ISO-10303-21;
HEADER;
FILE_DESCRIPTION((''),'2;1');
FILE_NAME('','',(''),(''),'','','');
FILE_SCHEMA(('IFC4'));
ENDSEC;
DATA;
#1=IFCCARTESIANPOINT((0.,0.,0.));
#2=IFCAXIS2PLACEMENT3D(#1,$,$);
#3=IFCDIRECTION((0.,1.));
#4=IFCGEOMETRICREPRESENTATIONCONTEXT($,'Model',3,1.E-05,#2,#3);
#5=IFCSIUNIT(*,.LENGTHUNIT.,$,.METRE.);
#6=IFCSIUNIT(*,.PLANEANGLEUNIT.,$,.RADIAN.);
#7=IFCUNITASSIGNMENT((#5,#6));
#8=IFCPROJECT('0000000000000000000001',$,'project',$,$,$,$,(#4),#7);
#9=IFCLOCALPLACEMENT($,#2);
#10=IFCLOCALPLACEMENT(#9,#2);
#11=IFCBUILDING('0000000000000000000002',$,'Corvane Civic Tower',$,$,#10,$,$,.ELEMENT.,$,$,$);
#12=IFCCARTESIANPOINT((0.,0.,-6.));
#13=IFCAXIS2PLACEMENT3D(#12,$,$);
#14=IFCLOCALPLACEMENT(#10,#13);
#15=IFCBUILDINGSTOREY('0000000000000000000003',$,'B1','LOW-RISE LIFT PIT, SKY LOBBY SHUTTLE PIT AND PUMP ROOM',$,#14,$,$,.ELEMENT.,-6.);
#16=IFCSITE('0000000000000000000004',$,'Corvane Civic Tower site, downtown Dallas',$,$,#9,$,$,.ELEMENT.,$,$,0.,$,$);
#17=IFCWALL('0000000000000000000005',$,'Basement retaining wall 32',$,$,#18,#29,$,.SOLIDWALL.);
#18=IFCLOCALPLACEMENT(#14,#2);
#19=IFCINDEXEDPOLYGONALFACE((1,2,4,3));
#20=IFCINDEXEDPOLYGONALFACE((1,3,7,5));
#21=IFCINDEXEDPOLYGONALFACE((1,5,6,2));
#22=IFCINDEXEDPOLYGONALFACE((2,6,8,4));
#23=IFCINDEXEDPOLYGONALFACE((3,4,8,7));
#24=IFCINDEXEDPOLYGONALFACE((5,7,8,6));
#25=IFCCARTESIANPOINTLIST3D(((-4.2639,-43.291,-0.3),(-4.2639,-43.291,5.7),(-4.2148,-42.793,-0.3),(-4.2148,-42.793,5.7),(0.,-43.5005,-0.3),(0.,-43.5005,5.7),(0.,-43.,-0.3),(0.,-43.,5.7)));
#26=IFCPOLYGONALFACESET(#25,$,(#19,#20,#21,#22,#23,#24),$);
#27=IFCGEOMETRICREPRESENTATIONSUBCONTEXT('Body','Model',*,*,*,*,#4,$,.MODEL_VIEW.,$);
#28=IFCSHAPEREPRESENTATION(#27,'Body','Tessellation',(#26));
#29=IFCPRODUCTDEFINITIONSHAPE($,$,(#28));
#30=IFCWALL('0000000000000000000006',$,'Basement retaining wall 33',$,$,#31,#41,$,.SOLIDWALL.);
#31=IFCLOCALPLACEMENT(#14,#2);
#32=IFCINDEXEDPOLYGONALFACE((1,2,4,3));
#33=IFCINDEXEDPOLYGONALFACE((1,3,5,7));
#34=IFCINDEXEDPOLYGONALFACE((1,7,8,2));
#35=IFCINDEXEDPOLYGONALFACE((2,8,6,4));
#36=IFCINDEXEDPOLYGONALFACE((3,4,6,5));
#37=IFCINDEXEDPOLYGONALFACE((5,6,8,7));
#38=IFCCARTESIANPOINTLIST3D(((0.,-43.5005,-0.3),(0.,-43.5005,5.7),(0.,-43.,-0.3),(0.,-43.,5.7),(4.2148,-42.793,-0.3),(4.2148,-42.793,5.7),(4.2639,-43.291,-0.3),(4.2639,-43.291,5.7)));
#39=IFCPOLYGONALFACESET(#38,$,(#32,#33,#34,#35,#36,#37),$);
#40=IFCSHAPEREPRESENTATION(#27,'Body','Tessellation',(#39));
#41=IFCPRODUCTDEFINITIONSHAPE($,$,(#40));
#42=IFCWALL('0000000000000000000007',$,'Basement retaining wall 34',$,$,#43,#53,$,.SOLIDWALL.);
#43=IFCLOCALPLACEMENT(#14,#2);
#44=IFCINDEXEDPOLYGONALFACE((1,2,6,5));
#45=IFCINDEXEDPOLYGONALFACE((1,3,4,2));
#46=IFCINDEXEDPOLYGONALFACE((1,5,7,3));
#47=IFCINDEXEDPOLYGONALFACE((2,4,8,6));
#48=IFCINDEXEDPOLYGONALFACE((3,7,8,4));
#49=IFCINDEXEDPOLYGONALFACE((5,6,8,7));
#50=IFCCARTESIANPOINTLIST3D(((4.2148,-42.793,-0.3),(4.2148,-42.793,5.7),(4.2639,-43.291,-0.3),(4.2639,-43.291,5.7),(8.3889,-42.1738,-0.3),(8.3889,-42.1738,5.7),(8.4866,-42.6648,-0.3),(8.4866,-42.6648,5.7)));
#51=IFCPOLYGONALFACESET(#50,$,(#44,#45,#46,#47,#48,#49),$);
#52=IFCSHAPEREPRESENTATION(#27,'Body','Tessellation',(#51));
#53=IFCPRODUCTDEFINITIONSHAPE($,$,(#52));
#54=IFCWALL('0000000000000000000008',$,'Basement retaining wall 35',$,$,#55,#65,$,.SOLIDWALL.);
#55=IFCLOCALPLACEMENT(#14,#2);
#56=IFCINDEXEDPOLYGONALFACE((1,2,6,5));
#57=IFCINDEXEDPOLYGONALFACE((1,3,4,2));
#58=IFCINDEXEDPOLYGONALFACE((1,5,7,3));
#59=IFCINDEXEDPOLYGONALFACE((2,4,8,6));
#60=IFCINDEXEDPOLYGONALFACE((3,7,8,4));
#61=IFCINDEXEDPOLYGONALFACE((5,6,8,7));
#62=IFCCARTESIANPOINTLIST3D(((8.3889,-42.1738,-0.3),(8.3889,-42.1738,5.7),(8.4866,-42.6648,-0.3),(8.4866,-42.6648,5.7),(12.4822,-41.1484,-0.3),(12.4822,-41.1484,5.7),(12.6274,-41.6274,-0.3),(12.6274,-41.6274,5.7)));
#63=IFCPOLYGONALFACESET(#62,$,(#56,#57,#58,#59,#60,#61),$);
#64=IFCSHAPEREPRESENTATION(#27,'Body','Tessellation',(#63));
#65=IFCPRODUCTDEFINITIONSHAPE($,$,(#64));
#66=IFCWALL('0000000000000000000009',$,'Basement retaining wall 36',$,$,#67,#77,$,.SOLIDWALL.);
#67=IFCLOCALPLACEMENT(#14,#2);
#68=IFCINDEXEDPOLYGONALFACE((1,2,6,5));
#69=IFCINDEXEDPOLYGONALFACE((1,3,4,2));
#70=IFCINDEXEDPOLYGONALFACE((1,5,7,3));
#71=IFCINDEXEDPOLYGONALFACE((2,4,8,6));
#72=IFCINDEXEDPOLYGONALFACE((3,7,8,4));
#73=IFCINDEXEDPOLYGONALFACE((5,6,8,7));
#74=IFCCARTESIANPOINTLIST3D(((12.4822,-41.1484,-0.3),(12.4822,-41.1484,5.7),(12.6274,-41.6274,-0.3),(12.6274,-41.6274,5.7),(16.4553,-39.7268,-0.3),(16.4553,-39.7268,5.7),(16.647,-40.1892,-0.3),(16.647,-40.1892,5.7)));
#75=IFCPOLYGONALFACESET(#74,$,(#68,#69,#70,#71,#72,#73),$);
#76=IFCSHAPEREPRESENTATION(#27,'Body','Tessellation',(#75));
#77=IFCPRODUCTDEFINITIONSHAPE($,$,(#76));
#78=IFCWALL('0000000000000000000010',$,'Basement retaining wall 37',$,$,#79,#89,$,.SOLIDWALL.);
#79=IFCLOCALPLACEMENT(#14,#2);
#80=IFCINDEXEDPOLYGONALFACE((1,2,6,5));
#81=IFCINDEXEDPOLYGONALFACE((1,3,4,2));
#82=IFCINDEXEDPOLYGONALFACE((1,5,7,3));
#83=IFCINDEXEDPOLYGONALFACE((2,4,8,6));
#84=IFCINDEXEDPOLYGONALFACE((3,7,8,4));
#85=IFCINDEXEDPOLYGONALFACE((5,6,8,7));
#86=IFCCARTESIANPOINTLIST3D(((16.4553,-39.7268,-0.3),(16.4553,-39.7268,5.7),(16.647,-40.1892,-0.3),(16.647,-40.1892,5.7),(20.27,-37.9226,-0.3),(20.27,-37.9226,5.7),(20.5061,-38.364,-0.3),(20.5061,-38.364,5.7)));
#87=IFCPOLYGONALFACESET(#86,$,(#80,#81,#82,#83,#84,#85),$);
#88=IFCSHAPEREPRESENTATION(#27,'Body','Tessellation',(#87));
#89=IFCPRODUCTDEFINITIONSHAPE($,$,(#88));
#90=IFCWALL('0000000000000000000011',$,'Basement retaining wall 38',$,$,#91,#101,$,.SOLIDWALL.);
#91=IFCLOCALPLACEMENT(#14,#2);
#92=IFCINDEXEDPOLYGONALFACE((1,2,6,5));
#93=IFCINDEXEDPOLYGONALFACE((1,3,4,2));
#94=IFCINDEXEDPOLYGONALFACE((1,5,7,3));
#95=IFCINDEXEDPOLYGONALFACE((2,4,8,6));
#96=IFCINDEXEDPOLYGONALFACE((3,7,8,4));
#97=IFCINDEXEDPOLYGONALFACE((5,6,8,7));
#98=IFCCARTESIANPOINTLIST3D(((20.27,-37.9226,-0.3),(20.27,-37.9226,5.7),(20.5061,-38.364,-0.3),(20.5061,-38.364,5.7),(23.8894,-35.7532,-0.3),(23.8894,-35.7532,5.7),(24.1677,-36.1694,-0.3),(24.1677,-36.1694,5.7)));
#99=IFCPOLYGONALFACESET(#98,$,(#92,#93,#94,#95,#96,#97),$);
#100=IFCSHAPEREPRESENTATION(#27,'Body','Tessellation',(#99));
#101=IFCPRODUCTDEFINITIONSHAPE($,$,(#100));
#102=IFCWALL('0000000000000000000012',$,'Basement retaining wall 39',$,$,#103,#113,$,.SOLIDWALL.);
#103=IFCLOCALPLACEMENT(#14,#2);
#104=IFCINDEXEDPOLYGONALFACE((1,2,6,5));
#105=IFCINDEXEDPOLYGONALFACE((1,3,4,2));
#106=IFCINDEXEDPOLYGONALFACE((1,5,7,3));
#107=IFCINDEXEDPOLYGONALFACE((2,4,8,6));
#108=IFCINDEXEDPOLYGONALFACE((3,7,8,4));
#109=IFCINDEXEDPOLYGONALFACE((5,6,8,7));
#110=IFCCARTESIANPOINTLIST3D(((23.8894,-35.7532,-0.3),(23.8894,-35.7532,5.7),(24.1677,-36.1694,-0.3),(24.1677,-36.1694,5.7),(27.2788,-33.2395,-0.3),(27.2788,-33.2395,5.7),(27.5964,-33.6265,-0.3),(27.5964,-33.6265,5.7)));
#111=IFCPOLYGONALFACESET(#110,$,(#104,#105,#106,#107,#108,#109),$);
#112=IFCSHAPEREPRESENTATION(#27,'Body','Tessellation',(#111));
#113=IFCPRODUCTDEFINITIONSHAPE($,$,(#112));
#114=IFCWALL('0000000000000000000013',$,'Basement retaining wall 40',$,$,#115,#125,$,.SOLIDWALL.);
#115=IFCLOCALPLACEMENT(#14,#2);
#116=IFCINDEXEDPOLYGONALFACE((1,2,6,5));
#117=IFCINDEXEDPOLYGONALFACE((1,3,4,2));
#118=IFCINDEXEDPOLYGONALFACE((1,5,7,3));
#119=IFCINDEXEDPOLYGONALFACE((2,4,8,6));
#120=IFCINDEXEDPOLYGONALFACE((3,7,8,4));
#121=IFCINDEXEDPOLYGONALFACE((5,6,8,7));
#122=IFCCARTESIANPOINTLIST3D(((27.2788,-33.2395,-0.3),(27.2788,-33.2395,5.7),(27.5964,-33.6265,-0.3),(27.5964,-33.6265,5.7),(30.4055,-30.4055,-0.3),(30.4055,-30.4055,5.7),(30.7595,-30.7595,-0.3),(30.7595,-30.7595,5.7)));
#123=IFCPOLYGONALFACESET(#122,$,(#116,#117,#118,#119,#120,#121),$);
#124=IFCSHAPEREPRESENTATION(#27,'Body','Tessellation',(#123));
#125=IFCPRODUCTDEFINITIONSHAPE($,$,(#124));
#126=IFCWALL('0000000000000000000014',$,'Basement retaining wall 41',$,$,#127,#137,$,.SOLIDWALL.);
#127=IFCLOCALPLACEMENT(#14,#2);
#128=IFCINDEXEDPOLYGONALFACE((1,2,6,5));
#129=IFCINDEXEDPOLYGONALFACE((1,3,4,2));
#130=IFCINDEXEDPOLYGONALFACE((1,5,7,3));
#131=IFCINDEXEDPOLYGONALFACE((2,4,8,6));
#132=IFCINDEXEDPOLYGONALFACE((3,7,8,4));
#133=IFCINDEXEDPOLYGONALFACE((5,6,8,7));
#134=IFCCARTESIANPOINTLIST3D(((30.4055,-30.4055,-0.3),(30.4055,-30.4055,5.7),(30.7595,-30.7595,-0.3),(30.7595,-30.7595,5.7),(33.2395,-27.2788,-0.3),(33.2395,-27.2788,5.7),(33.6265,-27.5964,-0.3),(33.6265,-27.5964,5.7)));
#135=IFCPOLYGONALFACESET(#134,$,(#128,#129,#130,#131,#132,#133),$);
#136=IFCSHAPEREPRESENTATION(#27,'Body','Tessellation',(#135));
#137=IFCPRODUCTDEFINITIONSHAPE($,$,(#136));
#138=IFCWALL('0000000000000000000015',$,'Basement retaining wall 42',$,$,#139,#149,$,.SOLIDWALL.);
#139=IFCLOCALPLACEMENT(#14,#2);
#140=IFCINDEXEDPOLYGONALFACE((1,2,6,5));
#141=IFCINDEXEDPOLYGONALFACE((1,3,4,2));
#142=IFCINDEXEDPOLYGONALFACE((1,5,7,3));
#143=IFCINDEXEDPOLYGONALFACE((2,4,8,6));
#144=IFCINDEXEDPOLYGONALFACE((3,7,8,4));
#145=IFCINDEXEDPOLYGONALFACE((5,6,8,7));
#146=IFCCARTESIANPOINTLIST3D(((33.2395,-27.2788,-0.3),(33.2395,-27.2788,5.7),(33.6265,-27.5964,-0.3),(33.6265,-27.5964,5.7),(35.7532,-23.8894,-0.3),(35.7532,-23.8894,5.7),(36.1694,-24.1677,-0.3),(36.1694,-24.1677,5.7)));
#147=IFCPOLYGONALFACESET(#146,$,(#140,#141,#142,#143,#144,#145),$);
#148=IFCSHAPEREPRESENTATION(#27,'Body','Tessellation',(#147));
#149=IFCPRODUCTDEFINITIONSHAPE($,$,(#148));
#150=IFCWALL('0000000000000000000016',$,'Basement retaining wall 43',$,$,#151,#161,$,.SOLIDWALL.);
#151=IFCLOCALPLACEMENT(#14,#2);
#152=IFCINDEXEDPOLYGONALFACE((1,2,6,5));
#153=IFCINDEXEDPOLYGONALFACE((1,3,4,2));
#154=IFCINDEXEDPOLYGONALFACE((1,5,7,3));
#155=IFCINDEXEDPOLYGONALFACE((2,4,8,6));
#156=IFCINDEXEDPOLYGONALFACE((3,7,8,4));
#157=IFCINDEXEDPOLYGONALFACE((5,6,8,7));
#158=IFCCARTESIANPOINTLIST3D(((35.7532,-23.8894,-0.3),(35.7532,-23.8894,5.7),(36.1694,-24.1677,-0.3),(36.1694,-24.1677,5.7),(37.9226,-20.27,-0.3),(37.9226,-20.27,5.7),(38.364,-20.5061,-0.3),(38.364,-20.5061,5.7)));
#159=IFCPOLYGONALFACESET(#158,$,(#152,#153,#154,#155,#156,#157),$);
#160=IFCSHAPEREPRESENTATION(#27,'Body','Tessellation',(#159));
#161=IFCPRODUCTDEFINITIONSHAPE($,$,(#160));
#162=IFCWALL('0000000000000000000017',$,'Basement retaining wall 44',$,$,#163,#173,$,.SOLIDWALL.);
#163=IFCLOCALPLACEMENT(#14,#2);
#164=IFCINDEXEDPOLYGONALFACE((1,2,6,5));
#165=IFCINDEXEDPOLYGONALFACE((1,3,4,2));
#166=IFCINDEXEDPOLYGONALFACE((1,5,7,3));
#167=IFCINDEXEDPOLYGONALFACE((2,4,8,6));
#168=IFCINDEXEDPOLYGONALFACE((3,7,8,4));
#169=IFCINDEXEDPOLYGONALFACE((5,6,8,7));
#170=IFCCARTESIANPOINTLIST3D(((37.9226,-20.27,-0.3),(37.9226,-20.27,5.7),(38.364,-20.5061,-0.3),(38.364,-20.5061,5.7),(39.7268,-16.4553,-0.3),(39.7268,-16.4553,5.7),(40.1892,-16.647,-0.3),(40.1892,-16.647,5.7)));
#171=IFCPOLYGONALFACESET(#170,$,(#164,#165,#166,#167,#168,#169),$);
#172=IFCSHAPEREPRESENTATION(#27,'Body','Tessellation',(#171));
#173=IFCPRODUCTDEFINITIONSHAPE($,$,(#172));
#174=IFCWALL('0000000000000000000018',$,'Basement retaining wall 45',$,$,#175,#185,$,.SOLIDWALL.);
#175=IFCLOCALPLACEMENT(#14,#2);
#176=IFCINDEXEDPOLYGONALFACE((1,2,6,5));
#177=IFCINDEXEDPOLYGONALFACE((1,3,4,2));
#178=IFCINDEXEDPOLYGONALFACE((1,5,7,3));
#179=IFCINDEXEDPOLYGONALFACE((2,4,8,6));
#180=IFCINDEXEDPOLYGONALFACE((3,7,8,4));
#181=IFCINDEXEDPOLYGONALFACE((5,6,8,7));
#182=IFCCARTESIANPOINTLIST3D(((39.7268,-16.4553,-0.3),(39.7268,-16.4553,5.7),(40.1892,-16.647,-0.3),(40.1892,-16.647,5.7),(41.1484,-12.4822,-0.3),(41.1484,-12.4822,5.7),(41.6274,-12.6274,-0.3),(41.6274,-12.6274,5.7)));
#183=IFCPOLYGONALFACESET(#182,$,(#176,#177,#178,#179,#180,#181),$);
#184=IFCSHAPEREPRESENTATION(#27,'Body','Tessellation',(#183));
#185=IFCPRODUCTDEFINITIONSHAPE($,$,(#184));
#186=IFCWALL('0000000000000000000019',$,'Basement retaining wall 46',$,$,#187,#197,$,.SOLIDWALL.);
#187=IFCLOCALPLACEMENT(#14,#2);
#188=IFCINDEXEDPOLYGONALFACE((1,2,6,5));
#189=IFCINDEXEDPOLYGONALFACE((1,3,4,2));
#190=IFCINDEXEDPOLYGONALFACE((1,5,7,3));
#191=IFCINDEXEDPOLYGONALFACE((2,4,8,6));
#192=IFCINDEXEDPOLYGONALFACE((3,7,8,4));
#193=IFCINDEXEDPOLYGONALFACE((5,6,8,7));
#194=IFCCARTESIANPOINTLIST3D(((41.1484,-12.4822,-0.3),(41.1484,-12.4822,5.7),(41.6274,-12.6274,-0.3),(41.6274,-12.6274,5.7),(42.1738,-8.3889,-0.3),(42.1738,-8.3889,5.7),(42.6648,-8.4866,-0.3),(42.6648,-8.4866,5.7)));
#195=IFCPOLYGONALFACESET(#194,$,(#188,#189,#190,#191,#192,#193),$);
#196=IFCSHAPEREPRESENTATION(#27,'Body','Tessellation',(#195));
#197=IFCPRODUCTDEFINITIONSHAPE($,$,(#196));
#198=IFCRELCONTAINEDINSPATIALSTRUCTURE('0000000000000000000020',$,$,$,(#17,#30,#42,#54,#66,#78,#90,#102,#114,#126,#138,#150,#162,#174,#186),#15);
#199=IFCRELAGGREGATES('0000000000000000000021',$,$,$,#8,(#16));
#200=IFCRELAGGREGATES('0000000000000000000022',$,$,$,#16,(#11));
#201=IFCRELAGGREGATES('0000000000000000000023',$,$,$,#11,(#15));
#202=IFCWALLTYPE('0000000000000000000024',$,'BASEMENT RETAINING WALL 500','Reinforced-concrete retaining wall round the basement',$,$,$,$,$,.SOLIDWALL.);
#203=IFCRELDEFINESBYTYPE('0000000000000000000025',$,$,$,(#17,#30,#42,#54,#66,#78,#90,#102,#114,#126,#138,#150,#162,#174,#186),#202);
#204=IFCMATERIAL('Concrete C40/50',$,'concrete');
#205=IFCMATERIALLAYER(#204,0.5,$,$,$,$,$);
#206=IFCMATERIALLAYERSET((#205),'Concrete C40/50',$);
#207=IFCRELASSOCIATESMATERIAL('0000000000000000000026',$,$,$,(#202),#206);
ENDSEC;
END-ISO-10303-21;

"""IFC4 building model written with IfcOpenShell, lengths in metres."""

from ifc_helpers import new_model, si_unit, direction, frame, origin, place, context, subcontext, project, spatial, polyline, outline, extrude, material, layer, layer_set, type_object, element, save


model = new_model("IFC4")

# Units and contexts
model_context = context("Model", 3, precision=1e-05, world=origin(), true_north=direction((0.0, 1.0)))
body_context = subcontext(model_context, "Body", "Model", "MODEL_VIEW")
ifc_project = project(units=[si_unit("LENGTHUNIT", "METRE"), si_unit("PLANEANGLEUNIT", "RADIAN")], contexts=[model_context])

# Site, building, storey
site_placement = place(None, origin())
site = spatial("IfcSite", under=ifc_project, at=site_placement, Name="Corvane Civic Tower site, downtown Dallas", CompositionType="ELEMENT", RefElevation=0.0)
building_placement = place(site_placement, origin())
building = spatial("IfcBuilding", under=site, at=building_placement, Name="Corvane Civic Tower", CompositionType="ELEMENT")
storey_placement = place(building_placement, frame((0.0, 0.0, -6.0)))
storey = spatial("IfcBuildingStorey", under=building, at=storey_placement, Name="B1", Description="LOW-RISE LIFT PIT, SKY LOBBY SHUTTLE PIT AND PUMP ROOM", CompositionType="ELEMENT", Elevation=-6.0)

# Walls
ifc_material = material(Name="Concrete C40/50", Category="concrete")
ifc_layer = layer(ifc_material, 0.5)
ifc_layer_set = layer_set([ifc_layer], Name="Concrete C40/50")
wall_type = type_object("IfcWallType", Name="BASEMENT RETAINING WALL 500", Description="Reinforced-concrete retaining wall round the basement", PredefinedType="SOLIDWALL", material=ifc_layer_set)
wall_1_placement = place(storey_placement, frame((0.0, 0.0, -0.3)))
element("IfcWall", 1, at=wall_1_placement, inside=storey, type_object=wall_type, Name="Basement retaining wall 32", PredefinedType="SOLIDWALL", context=body_context, shape_type="SweptSolid", body=[
    extrude(outline(polyline([(-4.2148, -42.793), (0.0, -43.0), (0.0, -43.5005), (-4.2639, -43.291), (-4.2148, -42.793)])), origin(), (0.0, 0.0, 1.0), 6.0),
])
wall_2_placement = place(storey_placement, frame((0.0, 0.0, -0.3)))
element("IfcWall", 2, at=wall_2_placement, inside=storey, type_object=wall_type, Name="Basement retaining wall 33", PredefinedType="SOLIDWALL", context=body_context, shape_type="SweptSolid", body=[
    extrude(outline(polyline([(0.0, -43.0), (4.2148, -42.793), (4.2639, -43.291), (0.0, -43.5005), (0.0, -43.0)])), origin(), (0.0, 0.0, 1.0), 6.0),
])
wall_3_placement = place(storey_placement, frame((0.0, 0.0, -0.3)))
element("IfcWall", 3, at=wall_3_placement, inside=storey, type_object=wall_type, Name="Basement retaining wall 34", PredefinedType="SOLIDWALL", context=body_context, shape_type="SweptSolid", body=[
    extrude(outline(polyline([(4.2148, -42.793), (8.3889, -42.1738), (8.4866, -42.6648), (4.2639, -43.291), (4.2148, -42.793)])), origin(), (0.0, 0.0, 1.0), 6.0),
])
wall_4_placement = place(storey_placement, frame((0.0, 0.0, -0.3)))
element("IfcWall", 4, at=wall_4_placement, inside=storey, type_object=wall_type, Name="Basement retaining wall 35", PredefinedType="SOLIDWALL", context=body_context, shape_type="SweptSolid", body=[
    extrude(outline(polyline([(8.3889, -42.1738), (12.4822, -41.1484), (12.6274, -41.6274), (8.4866, -42.6648), (8.3889, -42.1738)])), origin(), (0.0, 0.0, 1.0), 6.0),
])
wall_5_placement = place(storey_placement, frame((0.0, 0.0, -0.3)))
element("IfcWall", 5, at=wall_5_placement, inside=storey, type_object=wall_type, Name="Basement retaining wall 36", PredefinedType="SOLIDWALL", context=body_context, shape_type="SweptSolid", body=[
    extrude(outline(polyline([(12.4822, -41.1484), (16.4553, -39.7268), (16.647, -40.1892), (12.6274, -41.6274), (12.4822, -41.1484)])), origin(), (0.0, 0.0, 1.0), 6.0),
])
wall_6_placement = place(storey_placement, frame((0.0, 0.0, -0.3)))
element("IfcWall", 6, at=wall_6_placement, inside=storey, type_object=wall_type, Name="Basement retaining wall 37", PredefinedType="SOLIDWALL", context=body_context, shape_type="SweptSolid", body=[
    extrude(outline(polyline([(16.4553, -39.7268), (20.27, -37.9226), (20.5061, -38.364), (16.647, -40.1892), (16.4553, -39.7268)])), origin(), (0.0, 0.0, 1.0), 6.0),
])
wall_7_placement = place(storey_placement, frame((0.0, 0.0, -0.3)))
element("IfcWall", 7, at=wall_7_placement, inside=storey, type_object=wall_type, Name="Basement retaining wall 38", PredefinedType="SOLIDWALL", context=body_context, shape_type="SweptSolid", body=[
    extrude(outline(polyline([(20.27, -37.9226), (23.8894, -35.7532), (24.1677, -36.1694), (20.5061, -38.364), (20.27, -37.9226)])), origin(), (0.0, 0.0, 1.0), 6.0),
])
wall_8_placement = place(storey_placement, frame((0.0, 0.0, -0.3)))
element("IfcWall", 8, at=wall_8_placement, inside=storey, type_object=wall_type, Name="Basement retaining wall 39", PredefinedType="SOLIDWALL", context=body_context, shape_type="SweptSolid", body=[
    extrude(outline(polyline([(23.8894, -35.7532), (27.2788, -33.2395), (27.5964, -33.6265), (24.1677, -36.1694), (23.8894, -35.7532)])), origin(), (0.0, 0.0, 1.0), 6.0),
])
wall_9_placement = place(storey_placement, frame((0.0, 0.0, -0.3)))
element("IfcWall", 9, at=wall_9_placement, inside=storey, type_object=wall_type, Name="Basement retaining wall 40", PredefinedType="SOLIDWALL", context=body_context, shape_type="SweptSolid", body=[
    extrude(outline(polyline([(27.2788, -33.2395), (30.4055, -30.4055), (30.7595, -30.7595), (27.5964, -33.6265), (27.2788, -33.2395)])), origin(), (0.0, 0.0, 1.0), 6.0),
])
wall_10_placement = place(storey_placement, frame((0.0, 0.0, -0.3)))
element("IfcWall", 10, at=wall_10_placement, inside=storey, type_object=wall_type, Name="Basement retaining wall 41", PredefinedType="SOLIDWALL", context=body_context, shape_type="SweptSolid", body=[
    extrude(outline(polyline([(30.4055, -30.4055), (33.2395, -27.2788), (33.6265, -27.5964), (30.7595, -30.7595), (30.4055, -30.4055)])), origin(), (0.0, 0.0, 1.0), 6.0),
])
wall_11_placement = place(storey_placement, frame((0.0, 0.0, -0.3)))
element("IfcWall", 11, at=wall_11_placement, inside=storey, type_object=wall_type, Name="Basement retaining wall 42", PredefinedType="SOLIDWALL", context=body_context, shape_type="SweptSolid", body=[
    extrude(outline(polyline([(33.2395, -27.2788), (35.7532, -23.8894), (36.1694, -24.1677), (33.6265, -27.5964), (33.2395, -27.2788)])), origin(), (0.0, 0.0, 1.0), 6.0),
])
wall_12_placement = place(storey_placement, frame((0.0, 0.0, -0.3)))
element("IfcWall", 12, at=wall_12_placement, inside=storey, type_object=wall_type, Name="Basement retaining wall 43", PredefinedType="SOLIDWALL", context=body_context, shape_type="SweptSolid", body=[
    extrude(outline(polyline([(35.7532, -23.8894), (37.9226, -20.27), (38.364, -20.5061), (36.1694, -24.1677), (35.7532, -23.8894)])), origin(), (0.0, 0.0, 1.0), 6.0),
])
wall_13_placement = place(storey_placement, frame((0.0, 0.0, -0.3)))
element("IfcWall", 13, at=wall_13_placement, inside=storey, type_object=wall_type, Name="Basement retaining wall 44", PredefinedType="SOLIDWALL", context=body_context, shape_type="SweptSolid", body=[
    extrude(outline(polyline([(37.9226, -20.27), (39.7268, -16.4553), (40.1892, -16.647), (38.364, -20.5061), (37.9226, -20.27)])), origin(), (0.0, 0.0, 1.0), 6.0),
])
wall_14_placement = place(storey_placement, frame((0.0, 0.0, -0.3)))
element("IfcWall", 14, at=wall_14_placement, inside=storey, type_object=wall_type, Name="Basement retaining wall 45", PredefinedType="SOLIDWALL", context=body_context, shape_type="SweptSolid", body=[
    extrude(outline(polyline([(39.7268, -16.4553), (41.1484, -12.4822), (41.6274, -12.6274), (40.1892, -16.647), (39.7268, -16.4553)])), origin(), (0.0, 0.0, 1.0), 6.0),
])
wall_15_placement = place(storey_placement, frame((0.0, 0.0, -0.3)))
element("IfcWall", 15, at=wall_15_placement, inside=storey, type_object=wall_type, Name="Basement retaining wall 46", PredefinedType="SOLIDWALL", context=body_context, shape_type="SweptSolid", body=[
    extrude(outline(polyline([(41.1484, -12.4822), (42.1738, -8.3889), (42.6648, -8.4866), (41.6274, -12.6274), (41.1484, -12.4822)])), origin(), (0.0, 0.0, 1.0), 6.0),
])

save(model, "model.ifc")
